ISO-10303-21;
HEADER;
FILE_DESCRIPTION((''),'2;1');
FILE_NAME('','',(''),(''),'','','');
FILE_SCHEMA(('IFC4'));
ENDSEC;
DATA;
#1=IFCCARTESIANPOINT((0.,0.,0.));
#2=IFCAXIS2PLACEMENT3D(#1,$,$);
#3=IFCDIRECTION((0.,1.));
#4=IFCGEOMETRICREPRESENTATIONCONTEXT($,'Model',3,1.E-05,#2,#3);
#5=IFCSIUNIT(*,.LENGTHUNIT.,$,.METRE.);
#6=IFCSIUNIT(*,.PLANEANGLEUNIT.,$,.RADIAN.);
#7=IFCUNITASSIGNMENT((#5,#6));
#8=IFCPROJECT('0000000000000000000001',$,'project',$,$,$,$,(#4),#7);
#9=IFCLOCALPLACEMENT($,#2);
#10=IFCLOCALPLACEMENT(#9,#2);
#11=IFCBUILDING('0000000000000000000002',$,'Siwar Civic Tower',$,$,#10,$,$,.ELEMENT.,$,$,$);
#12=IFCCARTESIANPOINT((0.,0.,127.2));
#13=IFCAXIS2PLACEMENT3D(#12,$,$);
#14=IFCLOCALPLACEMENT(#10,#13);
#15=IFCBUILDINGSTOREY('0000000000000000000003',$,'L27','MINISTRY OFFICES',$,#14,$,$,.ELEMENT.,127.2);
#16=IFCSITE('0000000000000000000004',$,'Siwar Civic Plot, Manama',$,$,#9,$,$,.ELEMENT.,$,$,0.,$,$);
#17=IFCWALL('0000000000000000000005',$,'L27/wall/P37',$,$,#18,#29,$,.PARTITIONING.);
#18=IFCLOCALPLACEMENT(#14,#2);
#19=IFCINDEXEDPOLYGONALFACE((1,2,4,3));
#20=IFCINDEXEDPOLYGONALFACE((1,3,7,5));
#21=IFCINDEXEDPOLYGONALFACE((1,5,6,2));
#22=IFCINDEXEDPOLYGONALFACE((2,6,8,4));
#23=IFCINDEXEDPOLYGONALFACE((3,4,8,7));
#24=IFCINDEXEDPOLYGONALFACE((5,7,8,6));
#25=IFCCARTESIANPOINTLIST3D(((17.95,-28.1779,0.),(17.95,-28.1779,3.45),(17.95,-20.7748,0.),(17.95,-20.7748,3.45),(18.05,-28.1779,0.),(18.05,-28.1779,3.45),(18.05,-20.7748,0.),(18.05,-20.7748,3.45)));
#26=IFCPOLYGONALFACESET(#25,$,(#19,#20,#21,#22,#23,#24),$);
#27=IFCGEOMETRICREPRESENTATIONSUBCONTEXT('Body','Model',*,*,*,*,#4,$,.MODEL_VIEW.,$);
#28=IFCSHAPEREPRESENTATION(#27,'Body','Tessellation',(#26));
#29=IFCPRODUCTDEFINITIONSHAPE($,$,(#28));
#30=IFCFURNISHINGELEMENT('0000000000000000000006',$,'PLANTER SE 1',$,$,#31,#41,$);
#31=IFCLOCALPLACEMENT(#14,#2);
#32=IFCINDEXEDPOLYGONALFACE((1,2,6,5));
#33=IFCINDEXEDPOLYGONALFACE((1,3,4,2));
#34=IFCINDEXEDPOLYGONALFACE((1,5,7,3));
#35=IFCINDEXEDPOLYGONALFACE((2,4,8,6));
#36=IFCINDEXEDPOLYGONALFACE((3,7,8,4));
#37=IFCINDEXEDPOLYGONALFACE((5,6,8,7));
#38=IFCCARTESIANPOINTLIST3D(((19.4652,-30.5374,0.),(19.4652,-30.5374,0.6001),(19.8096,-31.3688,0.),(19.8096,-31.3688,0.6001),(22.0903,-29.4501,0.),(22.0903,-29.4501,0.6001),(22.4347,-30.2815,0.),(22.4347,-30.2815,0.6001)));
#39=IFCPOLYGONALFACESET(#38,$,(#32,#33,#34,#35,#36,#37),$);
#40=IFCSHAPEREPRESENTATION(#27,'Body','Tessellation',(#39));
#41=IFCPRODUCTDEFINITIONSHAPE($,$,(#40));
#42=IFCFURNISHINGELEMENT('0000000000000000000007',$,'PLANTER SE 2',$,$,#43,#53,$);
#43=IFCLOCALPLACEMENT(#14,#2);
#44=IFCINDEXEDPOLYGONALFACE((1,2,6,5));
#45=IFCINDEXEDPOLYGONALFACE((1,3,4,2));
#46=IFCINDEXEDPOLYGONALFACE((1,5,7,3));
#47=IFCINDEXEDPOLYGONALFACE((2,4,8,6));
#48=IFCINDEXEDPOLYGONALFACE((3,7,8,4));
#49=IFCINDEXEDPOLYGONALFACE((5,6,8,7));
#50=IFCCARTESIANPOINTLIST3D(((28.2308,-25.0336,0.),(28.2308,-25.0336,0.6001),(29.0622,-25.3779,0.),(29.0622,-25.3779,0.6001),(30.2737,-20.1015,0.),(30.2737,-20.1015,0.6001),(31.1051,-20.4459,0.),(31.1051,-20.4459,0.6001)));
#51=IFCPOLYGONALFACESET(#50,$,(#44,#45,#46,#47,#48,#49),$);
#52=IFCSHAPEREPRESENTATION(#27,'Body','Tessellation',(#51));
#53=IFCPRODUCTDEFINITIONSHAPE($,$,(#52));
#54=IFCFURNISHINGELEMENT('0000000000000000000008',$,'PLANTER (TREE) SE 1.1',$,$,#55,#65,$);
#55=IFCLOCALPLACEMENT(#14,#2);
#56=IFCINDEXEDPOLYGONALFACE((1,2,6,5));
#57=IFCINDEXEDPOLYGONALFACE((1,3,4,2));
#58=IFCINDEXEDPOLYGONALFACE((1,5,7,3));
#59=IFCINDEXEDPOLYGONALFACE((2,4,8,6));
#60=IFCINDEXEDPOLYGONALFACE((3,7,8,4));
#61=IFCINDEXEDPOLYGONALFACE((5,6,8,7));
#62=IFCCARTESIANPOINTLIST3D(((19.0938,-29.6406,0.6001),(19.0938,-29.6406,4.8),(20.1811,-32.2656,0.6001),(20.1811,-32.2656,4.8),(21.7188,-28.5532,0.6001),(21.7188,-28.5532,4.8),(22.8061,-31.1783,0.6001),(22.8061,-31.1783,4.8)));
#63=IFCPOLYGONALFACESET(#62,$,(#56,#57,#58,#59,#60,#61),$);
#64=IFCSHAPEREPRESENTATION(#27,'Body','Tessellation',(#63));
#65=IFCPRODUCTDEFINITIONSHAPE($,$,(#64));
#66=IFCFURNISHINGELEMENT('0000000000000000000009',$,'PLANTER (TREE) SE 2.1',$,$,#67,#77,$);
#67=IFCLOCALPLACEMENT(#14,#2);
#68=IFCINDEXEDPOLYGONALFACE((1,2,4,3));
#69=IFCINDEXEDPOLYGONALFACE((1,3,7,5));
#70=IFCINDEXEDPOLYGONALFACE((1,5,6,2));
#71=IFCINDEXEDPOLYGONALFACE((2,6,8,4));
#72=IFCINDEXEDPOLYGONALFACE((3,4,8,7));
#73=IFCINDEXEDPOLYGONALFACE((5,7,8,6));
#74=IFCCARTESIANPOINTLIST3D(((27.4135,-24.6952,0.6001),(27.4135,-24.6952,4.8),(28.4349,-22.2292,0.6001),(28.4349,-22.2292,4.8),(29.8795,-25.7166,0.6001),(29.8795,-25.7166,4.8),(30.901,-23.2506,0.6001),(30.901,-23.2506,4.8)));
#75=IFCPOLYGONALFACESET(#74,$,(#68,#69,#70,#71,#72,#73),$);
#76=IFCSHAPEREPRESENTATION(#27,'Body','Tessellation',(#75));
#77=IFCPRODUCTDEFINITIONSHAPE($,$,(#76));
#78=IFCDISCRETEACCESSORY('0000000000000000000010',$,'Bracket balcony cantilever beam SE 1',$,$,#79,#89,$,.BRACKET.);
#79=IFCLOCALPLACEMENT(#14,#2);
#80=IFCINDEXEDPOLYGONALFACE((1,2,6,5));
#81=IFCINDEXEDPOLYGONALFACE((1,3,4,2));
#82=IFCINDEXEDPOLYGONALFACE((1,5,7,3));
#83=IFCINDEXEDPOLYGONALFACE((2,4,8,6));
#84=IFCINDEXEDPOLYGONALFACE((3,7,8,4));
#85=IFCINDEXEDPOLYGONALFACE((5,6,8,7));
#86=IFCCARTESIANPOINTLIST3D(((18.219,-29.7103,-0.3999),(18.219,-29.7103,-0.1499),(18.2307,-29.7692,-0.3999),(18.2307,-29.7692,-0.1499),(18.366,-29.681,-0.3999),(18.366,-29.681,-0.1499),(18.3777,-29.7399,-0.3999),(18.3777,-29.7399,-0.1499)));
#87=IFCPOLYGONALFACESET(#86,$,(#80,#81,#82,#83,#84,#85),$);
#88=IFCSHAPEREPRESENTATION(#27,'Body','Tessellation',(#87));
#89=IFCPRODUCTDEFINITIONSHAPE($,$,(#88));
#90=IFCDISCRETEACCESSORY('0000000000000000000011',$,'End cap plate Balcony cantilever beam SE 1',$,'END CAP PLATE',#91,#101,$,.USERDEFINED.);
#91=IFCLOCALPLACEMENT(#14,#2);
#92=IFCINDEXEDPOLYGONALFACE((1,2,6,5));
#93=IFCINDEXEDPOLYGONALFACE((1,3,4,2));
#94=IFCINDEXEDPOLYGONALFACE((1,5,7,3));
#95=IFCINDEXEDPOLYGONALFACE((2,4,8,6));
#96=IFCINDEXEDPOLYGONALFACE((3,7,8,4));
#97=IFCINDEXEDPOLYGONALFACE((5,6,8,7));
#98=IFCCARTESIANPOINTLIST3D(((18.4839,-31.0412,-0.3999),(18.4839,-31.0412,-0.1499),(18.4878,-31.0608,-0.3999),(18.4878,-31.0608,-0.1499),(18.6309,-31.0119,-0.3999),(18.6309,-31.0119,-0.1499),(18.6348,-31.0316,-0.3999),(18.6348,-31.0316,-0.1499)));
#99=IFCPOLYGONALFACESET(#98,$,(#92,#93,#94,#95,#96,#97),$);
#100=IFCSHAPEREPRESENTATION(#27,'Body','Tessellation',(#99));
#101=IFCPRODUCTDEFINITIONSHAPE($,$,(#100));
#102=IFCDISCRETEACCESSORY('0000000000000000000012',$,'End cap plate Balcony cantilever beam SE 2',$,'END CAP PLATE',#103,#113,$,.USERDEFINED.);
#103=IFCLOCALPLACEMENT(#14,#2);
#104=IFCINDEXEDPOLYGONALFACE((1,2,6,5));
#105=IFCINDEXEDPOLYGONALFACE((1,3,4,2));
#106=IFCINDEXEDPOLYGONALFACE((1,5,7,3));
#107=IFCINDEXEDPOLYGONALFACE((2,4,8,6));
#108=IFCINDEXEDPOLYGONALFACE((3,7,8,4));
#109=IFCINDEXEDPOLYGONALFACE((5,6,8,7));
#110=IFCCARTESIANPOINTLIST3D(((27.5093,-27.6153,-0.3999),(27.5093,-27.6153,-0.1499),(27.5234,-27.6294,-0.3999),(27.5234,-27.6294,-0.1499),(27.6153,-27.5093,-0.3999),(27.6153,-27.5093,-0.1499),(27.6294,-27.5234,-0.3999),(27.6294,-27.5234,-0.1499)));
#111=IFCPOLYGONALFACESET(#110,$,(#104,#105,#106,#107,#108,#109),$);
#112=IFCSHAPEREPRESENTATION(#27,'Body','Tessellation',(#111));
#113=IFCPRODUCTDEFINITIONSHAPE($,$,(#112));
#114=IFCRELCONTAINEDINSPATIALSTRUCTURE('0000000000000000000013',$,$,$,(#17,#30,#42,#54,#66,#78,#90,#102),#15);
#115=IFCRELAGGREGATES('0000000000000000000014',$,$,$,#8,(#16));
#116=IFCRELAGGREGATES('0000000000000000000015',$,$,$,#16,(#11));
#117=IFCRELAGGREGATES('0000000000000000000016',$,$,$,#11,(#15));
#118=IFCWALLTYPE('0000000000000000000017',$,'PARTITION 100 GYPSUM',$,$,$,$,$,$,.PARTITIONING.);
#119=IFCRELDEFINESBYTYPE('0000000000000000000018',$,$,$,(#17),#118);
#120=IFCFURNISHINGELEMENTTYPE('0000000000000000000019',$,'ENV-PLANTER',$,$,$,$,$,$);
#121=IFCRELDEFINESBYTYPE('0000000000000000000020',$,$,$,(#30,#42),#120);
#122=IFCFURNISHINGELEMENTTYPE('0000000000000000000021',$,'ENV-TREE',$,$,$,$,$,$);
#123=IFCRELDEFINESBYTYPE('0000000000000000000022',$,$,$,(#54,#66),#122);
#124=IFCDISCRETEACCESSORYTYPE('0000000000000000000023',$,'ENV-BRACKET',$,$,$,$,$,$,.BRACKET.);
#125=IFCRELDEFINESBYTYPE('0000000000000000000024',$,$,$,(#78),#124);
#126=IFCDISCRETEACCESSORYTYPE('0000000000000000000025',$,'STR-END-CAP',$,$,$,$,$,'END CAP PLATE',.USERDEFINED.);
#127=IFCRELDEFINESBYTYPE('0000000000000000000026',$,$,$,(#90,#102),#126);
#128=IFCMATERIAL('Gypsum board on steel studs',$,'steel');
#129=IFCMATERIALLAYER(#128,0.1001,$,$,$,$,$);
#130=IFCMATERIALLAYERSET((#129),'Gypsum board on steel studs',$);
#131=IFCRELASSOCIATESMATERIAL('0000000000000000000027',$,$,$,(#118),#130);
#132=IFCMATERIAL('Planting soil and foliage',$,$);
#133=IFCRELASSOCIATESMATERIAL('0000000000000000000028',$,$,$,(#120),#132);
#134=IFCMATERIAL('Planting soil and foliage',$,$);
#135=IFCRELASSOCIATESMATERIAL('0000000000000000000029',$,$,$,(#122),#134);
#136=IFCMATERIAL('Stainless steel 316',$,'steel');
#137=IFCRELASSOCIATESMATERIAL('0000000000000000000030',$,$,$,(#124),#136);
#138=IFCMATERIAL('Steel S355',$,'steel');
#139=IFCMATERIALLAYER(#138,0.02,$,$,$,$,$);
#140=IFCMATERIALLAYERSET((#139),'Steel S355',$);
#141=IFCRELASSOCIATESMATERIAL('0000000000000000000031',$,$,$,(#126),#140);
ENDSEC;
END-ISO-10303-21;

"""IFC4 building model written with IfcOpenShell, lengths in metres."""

from ifc_helpers import new_model, si_unit, direction, frame, frame_2d, origin, origin_2d, place, context, subcontext, project, spatial, rectangle, extrude, material, layer, layer_set, type_object, element, save


model = new_model("IFC4")

# Units and contexts
model_context = context("Model", 3, precision=1e-05, world=origin(), true_north=direction((0.0, 1.0)))
body_context = subcontext(model_context, "Body", "Model", "MODEL_VIEW")
ifc_project = project(units=[si_unit("LENGTHUNIT", "METRE"), si_unit("PLANEANGLEUNIT", "RADIAN")], contexts=[model_context])

# Site, building, storey
site_placement = place(None, origin())
site = spatial("IfcSite", under=ifc_project, at=site_placement, Name="Siwar Civic Plot, Manama", CompositionType="ELEMENT", RefElevation=0.0)
building_placement = place(site_placement, origin())
building = spatial("IfcBuilding", under=site, at=building_placement, Name="Siwar Civic Tower", CompositionType="ELEMENT")
storey_placement = place(building_placement, frame((0.0, 0.0, 127.2)))
storey = spatial("IfcBuildingStorey", under=building, at=storey_placement, Name="L27", Description="MINISTRY OFFICES", CompositionType="ELEMENT", Elevation=127.2)

# Wall
ifc_material_1 = material(Name="Gypsum board on steel studs", Category="steel")
ifc_layer_1 = layer(ifc_material_1, 0.1001)
ifc_layer_set_1 = layer_set([ifc_layer_1], Name="Gypsum board on steel studs")
wall_type_1 = type_object("IfcWallType", Name="PARTITION 100 GYPSUM", PredefinedType="PARTITIONING", material=ifc_layer_set_1)
wall_1_placement = place(storey_placement, frame((18.0, -28.178, 0.0), z_axis=(0.0, 0.0, 1.0), x_axis=(0.0, 1.0, 0.0)))
element("IfcWall", 1, at=wall_1_placement, inside=storey, type_object=wall_type_1, Name="L27/wall/P37", PredefinedType="PARTITIONING", context=body_context, shape_type="SweptSolid", body=[
    extrude(rectangle(XDim=7.4031, YDim=0.1001, at=frame_2d((3.7017, 0.0))), origin(), (0.0, 0.0, 1.0), 3.45),
])

# Furnishing elements
ifc_material_2 = material(Name="Planting soil and foliage")
furnishing_element_type_1 = type_object("IfcFurnishingElementType", Name="ENV-PLANTER", material=ifc_material_2)
furnishing_1_placement = place(storey_placement, frame((20.95, -30.4094, 0.0), z_axis=(0.0, 0.0, 1.0), x_axis=(0.92388, 0.382683, 0.0)))
element("IfcFurnishingElement", 2, at=furnishing_1_placement, inside=storey, type_object=furnishing_element_type_1, Name="PLANTER SE 1", context=body_context, shape_type="SweptSolid", body=[
    extrude(rectangle(XDim=2.8413, YDim=0.8999, at=origin_2d()), origin(), (0.0, 0.0, 1.0), 0.6001),
])
furnishing_2_placement = place(storey_placement, frame((29.668, -22.7397, 0.0), z_axis=(0.0, 0.0, 1.0), x_axis=(0.382683, 0.92388, 0.0)))
element("IfcFurnishingElement", 3, at=furnishing_2_placement, inside=storey, type_object=furnishing_element_type_1, Name="PLANTER SE 2", context=body_context, shape_type="SweptSolid", body=[
    extrude(rectangle(XDim=5.3384, YDim=0.8999, at=origin_2d()), origin(), (0.0, 0.0, 1.0), 0.6001),
])
ifc_material_3 = material(Name="Planting soil and foliage")
furnishing_element_type_2 = type_object("IfcFurnishingElementType", Name="ENV-TREE", material=ifc_material_3)
furnishing_3_placement = place(storey_placement, frame((20.95, -30.4094, 0.6001), z_axis=(0.0, 0.0, 1.0), x_axis=(0.92388, 0.382683, 0.0)))
element("IfcFurnishingElement", 4, at=furnishing_3_placement, inside=storey, type_object=furnishing_element_type_2, Name="PLANTER (TREE) SE 1.1", context=body_context, shape_type="SweptSolid", body=[
    extrude(rectangle(XDim=2.8413, YDim=2.8413, at=origin_2d()), origin(), (0.0, 0.0, 1.0), 4.2),
])
furnishing_4_placement = place(storey_placement, frame((29.1572, -23.9729, 0.6001), z_axis=(0.0, 0.0, 1.0), x_axis=(0.382683, 0.92388, 0.0)))
element("IfcFurnishingElement", 5, at=furnishing_4_placement, inside=storey, type_object=furnishing_element_type_2, Name="PLANTER (TREE) SE 2.1", context=body_context, shape_type="SweptSolid", body=[
    extrude(rectangle(XDim=2.6692, YDim=2.6692, at=origin_2d()), origin(), (0.0, 0.0, 1.0), 4.2),
])

# Discrete accessories
ifc_material_4 = material(Name="Stainless steel 316", Category="steel")
discrete_accessory_type_1 = type_object("IfcDiscreteAccessoryType", Name="ENV-BRACKET", PredefinedType="BRACKET", material=ifc_material_4)
discrete_accessory_placement = place(storey_placement, frame((18.2983, -29.7251, -0.3999), z_axis=(0.0, 0.0, 1.0), x_axis=(0.19509, -0.980785, 0.0)))
element("IfcDiscreteAccessory", 6, at=discrete_accessory_placement, inside=storey, type_object=discrete_accessory_type_1, Name="Bracket balcony cantilever beam SE 1", PredefinedType="BRACKET", context=body_context, shape_type="SweptSolid", body=[
    extrude(rectangle(XDim=0.0601, YDim=0.1499, at=origin_2d()), origin(), (0.0, 0.0, 1.0), 0.25),
])
ifc_material_5 = material(Name="Steel S355", Category="steel")
ifc_layer_2 = layer(ifc_material_5, 0.02)
ifc_layer_set_2 = layer_set([ifc_layer_2], Name="Steel S355")
discrete_accessory_type_2 = type_object("IfcDiscreteAccessoryType", Name="STR-END-CAP", ElementType="END CAP PLATE", PredefinedType="USERDEFINED", material=ifc_layer_set_2)
for number, where, z_axis, x_axis, name in (
    (7, (18.5593, -31.0364, -0.3999), (0.0, 0.0, 1.0), (0.19509, -0.980785, 0.0), "End cap plate Balcony cantilever beam SE 1"),
    (8, (27.5693, -27.5693, -0.3999), (0.0, 0.0, 1.0), (0.707107, -0.707107, 0.0), "End cap plate Balcony cantilever beam SE 2"),
):
    element("IfcDiscreteAccessory", number, at=place(storey_placement, frame(where, z_axis=z_axis, x_axis=x_axis)), inside=storey, type_object=discrete_accessory_type_2, Name=name, ObjectType="END CAP PLATE", PredefinedType="USERDEFINED", context=body_context, shape_type="SweptSolid", body=[
        extrude(rectangle(XDim=0.02, YDim=0.1499, at=origin_2d()), origin(), (0.0, 0.0, 1.0), 0.25),
    ])

save(model, "model.ifc")
